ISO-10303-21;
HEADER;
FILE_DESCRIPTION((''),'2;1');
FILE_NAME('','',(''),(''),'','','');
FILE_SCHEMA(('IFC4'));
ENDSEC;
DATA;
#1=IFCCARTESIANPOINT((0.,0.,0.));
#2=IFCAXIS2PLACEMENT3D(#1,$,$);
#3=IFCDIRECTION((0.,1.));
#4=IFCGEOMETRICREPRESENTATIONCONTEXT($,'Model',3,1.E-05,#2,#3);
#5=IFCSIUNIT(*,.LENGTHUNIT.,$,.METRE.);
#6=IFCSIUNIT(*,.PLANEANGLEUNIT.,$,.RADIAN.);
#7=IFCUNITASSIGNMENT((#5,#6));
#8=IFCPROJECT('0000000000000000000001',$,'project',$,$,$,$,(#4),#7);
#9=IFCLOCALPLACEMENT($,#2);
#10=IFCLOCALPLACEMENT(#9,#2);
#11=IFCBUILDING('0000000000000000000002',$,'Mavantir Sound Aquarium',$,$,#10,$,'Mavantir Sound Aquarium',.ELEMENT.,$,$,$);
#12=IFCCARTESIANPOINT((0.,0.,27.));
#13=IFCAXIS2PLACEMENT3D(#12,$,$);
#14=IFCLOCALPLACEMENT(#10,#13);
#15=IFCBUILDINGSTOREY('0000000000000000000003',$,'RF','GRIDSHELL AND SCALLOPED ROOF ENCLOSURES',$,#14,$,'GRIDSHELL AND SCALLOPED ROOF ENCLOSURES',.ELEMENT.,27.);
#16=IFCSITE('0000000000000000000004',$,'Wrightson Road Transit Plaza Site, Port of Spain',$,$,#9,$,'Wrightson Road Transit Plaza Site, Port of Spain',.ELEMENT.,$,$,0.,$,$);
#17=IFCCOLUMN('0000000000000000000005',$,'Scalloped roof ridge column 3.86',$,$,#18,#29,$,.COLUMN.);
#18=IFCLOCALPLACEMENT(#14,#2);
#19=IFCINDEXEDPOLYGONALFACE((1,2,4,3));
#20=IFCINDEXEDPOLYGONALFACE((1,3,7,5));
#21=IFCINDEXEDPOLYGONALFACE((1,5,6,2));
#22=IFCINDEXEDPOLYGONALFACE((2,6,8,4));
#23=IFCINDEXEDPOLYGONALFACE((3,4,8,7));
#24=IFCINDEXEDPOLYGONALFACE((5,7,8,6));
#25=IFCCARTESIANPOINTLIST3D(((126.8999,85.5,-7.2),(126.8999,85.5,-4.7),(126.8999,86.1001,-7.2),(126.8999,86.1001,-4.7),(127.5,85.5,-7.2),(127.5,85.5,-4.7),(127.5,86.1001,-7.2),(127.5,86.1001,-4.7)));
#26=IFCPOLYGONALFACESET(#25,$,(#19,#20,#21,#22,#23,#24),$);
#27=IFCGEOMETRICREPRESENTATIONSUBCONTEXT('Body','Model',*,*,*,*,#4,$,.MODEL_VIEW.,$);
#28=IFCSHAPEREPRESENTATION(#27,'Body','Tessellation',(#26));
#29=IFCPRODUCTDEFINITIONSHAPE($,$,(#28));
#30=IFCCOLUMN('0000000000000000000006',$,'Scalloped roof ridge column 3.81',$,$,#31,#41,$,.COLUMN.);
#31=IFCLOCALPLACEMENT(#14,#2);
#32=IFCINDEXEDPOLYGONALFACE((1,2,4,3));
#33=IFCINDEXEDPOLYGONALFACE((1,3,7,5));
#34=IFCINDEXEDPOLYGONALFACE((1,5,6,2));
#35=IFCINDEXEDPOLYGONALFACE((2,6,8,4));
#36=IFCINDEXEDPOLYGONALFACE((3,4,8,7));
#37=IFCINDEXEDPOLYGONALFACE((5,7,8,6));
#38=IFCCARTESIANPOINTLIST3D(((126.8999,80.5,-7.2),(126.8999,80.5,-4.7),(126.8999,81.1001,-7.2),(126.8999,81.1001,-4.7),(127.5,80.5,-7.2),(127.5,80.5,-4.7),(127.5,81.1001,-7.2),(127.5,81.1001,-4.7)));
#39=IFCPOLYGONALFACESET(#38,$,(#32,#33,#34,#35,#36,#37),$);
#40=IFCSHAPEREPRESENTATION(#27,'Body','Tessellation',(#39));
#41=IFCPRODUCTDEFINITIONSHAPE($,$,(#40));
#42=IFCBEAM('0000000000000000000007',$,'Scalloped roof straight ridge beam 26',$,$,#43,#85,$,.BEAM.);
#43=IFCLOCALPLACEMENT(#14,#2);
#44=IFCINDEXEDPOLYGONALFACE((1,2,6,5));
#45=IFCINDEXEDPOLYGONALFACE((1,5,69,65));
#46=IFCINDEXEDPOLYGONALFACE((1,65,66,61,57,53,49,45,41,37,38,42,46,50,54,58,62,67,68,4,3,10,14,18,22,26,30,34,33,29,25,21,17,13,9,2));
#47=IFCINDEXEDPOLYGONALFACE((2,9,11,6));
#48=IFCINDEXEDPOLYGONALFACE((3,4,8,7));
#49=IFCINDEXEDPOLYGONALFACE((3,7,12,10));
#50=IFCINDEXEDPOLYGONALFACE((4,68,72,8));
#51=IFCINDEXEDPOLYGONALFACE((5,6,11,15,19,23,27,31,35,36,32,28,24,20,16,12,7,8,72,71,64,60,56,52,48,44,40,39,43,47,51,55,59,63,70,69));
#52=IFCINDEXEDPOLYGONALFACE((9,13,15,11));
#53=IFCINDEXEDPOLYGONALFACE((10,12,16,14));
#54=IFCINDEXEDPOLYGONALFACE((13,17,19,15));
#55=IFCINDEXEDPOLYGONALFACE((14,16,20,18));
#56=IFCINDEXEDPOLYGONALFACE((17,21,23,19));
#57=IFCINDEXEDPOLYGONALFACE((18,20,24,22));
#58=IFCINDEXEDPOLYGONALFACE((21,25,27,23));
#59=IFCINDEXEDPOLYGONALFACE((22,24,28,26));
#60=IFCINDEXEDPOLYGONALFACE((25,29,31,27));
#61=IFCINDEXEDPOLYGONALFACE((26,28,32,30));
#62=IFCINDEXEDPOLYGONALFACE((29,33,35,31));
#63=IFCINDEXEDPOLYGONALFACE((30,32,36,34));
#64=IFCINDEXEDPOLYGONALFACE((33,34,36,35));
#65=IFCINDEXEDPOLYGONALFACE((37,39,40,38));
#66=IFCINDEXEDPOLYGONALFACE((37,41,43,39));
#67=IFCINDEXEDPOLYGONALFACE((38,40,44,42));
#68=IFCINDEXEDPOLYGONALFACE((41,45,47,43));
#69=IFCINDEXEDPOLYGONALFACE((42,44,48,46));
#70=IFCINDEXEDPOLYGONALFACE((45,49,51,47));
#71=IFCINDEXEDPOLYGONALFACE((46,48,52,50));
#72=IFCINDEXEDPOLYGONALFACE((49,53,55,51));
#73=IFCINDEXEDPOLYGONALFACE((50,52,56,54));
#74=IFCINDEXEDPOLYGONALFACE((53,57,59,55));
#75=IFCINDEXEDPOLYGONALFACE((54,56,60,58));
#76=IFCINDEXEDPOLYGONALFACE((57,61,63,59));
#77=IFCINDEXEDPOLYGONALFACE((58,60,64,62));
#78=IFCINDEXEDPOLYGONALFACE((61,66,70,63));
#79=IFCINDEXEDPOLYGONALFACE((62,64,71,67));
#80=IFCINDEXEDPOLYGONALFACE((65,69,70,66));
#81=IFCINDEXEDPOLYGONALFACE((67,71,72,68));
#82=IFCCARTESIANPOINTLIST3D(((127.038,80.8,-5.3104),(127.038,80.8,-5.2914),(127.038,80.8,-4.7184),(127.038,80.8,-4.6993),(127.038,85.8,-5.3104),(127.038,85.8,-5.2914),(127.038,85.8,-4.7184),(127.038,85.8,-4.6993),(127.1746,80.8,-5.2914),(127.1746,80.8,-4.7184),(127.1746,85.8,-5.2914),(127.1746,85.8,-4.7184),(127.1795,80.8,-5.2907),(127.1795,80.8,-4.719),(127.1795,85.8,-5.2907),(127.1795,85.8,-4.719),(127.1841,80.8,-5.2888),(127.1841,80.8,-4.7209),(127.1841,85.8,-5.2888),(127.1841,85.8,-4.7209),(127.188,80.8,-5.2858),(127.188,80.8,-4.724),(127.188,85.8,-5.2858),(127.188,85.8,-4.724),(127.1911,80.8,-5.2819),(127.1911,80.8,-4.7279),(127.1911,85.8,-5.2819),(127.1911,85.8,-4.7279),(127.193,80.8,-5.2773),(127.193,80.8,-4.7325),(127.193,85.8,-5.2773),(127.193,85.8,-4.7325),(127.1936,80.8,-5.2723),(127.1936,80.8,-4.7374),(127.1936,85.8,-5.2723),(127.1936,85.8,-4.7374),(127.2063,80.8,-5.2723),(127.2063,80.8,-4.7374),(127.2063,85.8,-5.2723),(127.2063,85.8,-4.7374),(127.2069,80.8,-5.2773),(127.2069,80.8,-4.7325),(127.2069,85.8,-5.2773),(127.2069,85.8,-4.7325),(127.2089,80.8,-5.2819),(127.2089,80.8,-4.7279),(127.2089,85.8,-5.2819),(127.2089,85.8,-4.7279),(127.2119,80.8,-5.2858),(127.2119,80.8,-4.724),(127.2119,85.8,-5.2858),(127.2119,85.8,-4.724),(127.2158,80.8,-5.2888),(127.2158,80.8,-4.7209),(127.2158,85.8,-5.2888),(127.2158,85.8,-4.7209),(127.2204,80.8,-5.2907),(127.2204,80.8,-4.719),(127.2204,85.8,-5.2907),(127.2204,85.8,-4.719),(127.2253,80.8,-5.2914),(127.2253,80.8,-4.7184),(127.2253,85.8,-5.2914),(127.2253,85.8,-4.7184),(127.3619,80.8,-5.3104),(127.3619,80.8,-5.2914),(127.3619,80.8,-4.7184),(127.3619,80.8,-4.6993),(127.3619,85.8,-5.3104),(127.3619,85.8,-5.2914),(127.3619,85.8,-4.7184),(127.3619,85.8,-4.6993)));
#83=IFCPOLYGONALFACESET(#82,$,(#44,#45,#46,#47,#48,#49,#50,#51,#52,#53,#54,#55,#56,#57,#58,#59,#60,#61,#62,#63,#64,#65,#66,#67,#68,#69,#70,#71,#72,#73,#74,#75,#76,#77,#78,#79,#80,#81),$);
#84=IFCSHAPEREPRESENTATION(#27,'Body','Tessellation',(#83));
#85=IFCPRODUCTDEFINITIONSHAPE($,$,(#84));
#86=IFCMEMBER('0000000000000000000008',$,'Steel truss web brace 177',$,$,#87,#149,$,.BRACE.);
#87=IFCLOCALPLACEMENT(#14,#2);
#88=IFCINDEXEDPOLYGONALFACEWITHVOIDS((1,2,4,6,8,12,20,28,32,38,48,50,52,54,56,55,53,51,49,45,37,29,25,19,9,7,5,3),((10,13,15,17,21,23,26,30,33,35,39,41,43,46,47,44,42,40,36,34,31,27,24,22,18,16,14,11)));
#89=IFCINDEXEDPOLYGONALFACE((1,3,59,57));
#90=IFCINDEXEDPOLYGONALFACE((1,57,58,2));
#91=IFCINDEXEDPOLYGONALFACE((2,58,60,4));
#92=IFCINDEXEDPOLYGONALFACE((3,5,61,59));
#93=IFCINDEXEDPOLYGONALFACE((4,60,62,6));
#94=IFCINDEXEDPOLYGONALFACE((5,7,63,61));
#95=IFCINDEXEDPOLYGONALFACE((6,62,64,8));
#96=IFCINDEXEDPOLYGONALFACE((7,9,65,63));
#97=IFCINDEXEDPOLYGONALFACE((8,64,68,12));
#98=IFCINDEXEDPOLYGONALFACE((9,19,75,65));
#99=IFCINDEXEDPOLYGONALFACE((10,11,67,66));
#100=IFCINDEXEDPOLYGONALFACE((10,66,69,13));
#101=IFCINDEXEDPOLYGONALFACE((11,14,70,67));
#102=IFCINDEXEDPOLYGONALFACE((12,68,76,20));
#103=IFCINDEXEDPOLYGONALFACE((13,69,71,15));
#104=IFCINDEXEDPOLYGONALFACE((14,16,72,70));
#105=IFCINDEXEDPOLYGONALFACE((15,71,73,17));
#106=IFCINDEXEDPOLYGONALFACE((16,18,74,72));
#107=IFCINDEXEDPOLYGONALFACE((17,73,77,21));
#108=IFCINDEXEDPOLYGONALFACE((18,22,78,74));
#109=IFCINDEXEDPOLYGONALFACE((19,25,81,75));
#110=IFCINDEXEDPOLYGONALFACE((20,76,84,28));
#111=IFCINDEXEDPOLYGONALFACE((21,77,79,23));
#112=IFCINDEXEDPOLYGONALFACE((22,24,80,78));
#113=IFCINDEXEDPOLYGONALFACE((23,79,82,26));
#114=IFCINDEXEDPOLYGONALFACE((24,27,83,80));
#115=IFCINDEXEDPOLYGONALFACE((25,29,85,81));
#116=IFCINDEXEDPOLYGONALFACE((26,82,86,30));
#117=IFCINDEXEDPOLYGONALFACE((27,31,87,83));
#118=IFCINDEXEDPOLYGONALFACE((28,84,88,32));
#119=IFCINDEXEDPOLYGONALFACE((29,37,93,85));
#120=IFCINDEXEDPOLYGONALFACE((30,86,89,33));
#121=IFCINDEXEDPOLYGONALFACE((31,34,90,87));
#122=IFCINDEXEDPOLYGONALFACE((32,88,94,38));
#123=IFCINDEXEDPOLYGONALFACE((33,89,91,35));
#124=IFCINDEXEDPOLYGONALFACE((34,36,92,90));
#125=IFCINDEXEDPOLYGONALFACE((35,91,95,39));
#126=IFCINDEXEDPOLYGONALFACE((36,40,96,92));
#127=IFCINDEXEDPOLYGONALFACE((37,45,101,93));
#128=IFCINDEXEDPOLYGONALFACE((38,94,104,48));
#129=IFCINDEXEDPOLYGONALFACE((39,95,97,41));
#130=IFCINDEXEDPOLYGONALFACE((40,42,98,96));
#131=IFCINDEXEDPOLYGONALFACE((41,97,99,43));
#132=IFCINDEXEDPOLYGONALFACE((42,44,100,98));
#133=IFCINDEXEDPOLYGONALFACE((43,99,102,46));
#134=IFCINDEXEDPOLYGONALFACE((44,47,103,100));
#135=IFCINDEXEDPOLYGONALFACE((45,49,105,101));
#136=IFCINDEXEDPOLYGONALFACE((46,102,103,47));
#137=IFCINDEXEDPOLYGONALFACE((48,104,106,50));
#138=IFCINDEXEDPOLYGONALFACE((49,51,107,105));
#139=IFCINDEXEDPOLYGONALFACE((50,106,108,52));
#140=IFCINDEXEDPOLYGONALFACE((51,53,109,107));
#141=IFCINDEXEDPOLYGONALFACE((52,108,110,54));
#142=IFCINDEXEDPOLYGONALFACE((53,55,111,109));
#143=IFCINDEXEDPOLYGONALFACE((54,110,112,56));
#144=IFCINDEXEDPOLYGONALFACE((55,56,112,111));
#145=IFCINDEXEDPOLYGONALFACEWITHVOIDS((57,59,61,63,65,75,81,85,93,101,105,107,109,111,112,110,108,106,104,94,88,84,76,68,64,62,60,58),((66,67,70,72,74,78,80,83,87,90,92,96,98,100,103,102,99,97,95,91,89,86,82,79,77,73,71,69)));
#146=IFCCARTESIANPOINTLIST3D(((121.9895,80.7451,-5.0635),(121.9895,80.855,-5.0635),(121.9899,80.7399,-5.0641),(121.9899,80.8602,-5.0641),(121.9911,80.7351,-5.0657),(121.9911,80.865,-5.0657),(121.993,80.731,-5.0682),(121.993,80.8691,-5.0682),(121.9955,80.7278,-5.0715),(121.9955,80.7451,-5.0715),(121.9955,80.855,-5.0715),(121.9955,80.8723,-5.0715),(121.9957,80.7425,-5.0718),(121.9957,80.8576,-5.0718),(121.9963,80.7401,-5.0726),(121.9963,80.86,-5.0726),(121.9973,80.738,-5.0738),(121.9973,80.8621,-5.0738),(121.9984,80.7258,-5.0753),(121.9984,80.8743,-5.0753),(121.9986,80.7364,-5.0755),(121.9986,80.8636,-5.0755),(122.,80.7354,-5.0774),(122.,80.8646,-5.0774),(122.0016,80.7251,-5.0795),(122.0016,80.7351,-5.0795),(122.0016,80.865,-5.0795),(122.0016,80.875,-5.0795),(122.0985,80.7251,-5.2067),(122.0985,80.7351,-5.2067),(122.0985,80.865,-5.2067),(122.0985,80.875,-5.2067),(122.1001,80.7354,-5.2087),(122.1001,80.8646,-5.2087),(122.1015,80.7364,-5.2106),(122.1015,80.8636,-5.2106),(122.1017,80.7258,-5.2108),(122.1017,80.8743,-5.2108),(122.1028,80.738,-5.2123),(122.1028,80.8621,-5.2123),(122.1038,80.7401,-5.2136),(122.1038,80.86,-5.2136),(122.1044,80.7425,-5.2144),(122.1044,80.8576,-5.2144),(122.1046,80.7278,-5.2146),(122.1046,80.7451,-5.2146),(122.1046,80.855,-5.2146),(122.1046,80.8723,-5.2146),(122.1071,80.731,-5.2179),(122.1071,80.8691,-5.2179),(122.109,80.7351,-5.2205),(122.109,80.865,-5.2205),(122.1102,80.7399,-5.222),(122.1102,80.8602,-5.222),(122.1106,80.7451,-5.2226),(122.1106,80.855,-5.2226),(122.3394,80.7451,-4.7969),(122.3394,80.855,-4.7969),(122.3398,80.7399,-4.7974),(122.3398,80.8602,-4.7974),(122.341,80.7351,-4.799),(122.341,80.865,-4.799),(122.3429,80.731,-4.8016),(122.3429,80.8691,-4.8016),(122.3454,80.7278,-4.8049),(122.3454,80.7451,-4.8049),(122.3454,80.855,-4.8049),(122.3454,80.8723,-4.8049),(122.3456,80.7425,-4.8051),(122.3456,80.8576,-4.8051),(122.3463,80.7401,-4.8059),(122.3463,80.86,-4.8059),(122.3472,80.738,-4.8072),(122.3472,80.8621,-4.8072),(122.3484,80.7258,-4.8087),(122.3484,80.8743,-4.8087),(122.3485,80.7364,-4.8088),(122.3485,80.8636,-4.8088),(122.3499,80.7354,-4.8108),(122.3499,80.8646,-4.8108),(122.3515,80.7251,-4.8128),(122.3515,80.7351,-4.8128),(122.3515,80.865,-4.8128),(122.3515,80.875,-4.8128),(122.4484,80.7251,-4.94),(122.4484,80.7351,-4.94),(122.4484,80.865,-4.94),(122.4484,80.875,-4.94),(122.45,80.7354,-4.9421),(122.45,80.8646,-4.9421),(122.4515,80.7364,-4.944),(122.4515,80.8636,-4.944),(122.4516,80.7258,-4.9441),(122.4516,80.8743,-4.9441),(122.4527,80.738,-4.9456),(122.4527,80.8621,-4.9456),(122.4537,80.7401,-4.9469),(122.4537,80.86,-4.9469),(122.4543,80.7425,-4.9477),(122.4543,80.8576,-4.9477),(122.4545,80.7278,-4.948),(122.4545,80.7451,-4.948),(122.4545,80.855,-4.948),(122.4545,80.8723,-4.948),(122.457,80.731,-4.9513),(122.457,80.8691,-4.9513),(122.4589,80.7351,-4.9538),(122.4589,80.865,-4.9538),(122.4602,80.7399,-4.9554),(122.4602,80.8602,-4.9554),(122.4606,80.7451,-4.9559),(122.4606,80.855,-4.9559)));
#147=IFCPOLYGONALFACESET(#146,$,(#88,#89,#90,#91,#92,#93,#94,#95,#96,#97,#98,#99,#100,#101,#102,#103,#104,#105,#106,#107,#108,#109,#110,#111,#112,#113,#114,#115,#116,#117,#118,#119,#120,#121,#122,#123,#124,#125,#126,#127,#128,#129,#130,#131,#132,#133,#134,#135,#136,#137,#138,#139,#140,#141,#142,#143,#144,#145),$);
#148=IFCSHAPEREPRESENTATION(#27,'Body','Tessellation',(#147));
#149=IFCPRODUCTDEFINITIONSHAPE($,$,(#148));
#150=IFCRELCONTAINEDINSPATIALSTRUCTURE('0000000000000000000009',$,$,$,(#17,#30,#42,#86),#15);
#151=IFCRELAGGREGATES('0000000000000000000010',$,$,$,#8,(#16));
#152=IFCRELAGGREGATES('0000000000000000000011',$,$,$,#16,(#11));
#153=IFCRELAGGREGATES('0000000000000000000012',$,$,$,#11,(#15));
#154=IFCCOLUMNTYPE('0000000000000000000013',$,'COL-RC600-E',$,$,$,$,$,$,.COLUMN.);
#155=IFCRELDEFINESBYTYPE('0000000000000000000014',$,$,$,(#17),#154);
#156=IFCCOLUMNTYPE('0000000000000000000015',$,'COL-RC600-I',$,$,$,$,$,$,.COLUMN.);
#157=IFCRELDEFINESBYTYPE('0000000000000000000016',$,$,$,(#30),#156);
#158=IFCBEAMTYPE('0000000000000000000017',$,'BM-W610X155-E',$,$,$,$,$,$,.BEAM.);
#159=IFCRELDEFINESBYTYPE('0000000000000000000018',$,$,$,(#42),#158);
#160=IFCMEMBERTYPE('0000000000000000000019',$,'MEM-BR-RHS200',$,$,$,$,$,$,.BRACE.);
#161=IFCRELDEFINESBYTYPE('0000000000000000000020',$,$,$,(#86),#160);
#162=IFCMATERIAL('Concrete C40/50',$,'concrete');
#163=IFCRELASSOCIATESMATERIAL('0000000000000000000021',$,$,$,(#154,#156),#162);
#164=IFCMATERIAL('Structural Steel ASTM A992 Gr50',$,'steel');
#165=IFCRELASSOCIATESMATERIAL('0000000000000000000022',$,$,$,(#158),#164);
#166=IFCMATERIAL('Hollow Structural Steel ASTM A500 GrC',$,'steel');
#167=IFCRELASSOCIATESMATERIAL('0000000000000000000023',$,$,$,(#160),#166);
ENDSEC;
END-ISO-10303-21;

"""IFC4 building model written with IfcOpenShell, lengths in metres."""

from ifc_helpers import new_model, si_unit, direction, frame, origin, origin_2d, place, context, subcontext, project, spatial, rectangle, hollow_rectangle, i_section, extrude, material, material_profile, profile_set, type_object, element, save


model = new_model("IFC4")

# Units and contexts
model_context = context("Model", 3, precision=1e-05, world=origin(), true_north=direction((0.0, 1.0)))
body_context = subcontext(model_context, "Body", "Model", "MODEL_VIEW")
ifc_project = project(units=[si_unit("LENGTHUNIT", "METRE"), si_unit("PLANEANGLEUNIT", "RADIAN")], contexts=[model_context])

# Site, building, storey
site_placement = place(None, origin())
site = spatial("IfcSite", under=ifc_project, at=site_placement, Name="Wrightson Road Transit Plaza Site, Port of Spain", LongName="Wrightson Road Transit Plaza Site, Port of Spain", CompositionType="ELEMENT", RefElevation=0.0)
building_placement = place(site_placement, origin())
building = spatial("IfcBuilding", under=site, at=building_placement, Name="Mavantir Sound Aquarium", LongName="Mavantir Sound Aquarium", CompositionType="ELEMENT")
storey_placement = place(building_placement, frame((0.0, 0.0, 27.0)))
storey = spatial("IfcBuildingStorey", under=building, at=storey_placement, Name="RF", Description="GRIDSHELL AND SCALLOPED ROOF ENCLOSURES", LongName="GRIDSHELL AND SCALLOPED ROOF ENCLOSURES", CompositionType="ELEMENT", Elevation=27.0)

# Columns
ifc_material_1 = material(Name="Concrete C40/50", Category="concrete")
ifc_material_profile_1 = material_profile(ifc_material_1, rectangle(XDim=0.6001, YDim=0.6001, at=origin_2d()), Name="RC 600X600")
ifc_profile_set_1 = profile_set([ifc_material_profile_1], Name="Concrete C40/50")
column_type_1 = type_object("IfcColumnType", Name="COL-RC600-E", PredefinedType="COLUMN", material=ifc_profile_set_1)
column_1_placement = place(storey_placement, frame((127.2, 85.8, -7.2), z_axis=(0.0, 0.0, 1.0), x_axis=(1.0, 0.0, 0.0)))
element("IfcColumn", 1, at=column_1_placement, inside=storey, type_object=column_type_1, Name="Scalloped roof ridge column 3.86", PredefinedType="COLUMN", context=body_context, shape_type="SweptSolid", body=[
    extrude(rectangle(XDim=0.6001, YDim=0.6001, at=origin_2d()), origin(), (0.0, 0.0, 1.0), 2.5),
])
ifc_material_profile_2 = material_profile(ifc_material_1, rectangle(XDim=0.6001, YDim=0.6001, at=origin_2d()), Name="RC 600X600")
ifc_profile_set_2 = profile_set([ifc_material_profile_2], Name="Concrete C40/50")
column_type_2 = type_object("IfcColumnType", Name="COL-RC600-I", PredefinedType="COLUMN", material=ifc_profile_set_2)
column_2_placement = place(storey_placement, frame((127.2, 80.8, -7.2), z_axis=(0.0, 0.0, 1.0), x_axis=(1.0, 0.0, 0.0)))
element("IfcColumn", 2, at=column_2_placement, inside=storey, type_object=column_type_2, Name="Scalloped roof ridge column 3.81", PredefinedType="COLUMN", context=body_context, shape_type="SweptSolid", body=[
    extrude(rectangle(XDim=0.6001, YDim=0.6001, at=origin_2d()), origin(), (0.0, 0.0, 1.0), 2.5),
])

# Beam
ifc_material_2 = material(Name="Structural Steel ASTM A992 Gr50", Category="steel")
ifc_material_profile_3 = material_profile(ifc_material_2, i_section(OverallWidth=0.324, OverallDepth=0.6111, WebThickness=0.0127, FlangeThickness=0.019, FilletRadius=0.019, at=origin_2d()), Name="W610X155")
ifc_profile_set_3 = profile_set([ifc_material_profile_3], Name="Structural Steel ASTM A992 Gr50")
beam_type = type_object("IfcBeamType", Name="BM-W610X155-E", PredefinedType="BEAM", material=ifc_profile_set_3)
beam_placement = place(storey_placement, frame((127.2, 80.8, -5.0049), z_axis=(0.0, 1.0, 0.0), x_axis=(-1.0, 0.0, 0.0)))
element("IfcBeam", 3, at=beam_placement, inside=storey, type_object=beam_type, Name="Scalloped roof straight ridge beam 26", PredefinedType="BEAM", context=body_context, shape_type="SweptSolid", body=[
    extrude(i_section(OverallWidth=0.324, OverallDepth=0.6111, WebThickness=0.0127, FlangeThickness=0.019, FilletRadius=0.019, at=origin_2d()), origin(), (0.0, 0.0, 1.0), 5.0),
])

# Member
ifc_material_3 = material(Name="Hollow Structural Steel ASTM A500 GrC", Category="steel")
ifc_material_profile_4 = material_profile(ifc_material_3, hollow_rectangle(XDim=0.1499, YDim=0.2, WallThickness=0.01, InnerFilletRadius=0.01, OuterFilletRadius=0.02, at=origin_2d()), Name="RHS 200X150X10")
ifc_profile_set_4 = profile_set([ifc_material_profile_4], Name="Hollow Structural Steel ASTM A500 GrC")
member_type_1 = type_object("IfcMemberType", Name="MEM-BR-RHS200", PredefinedType="BRACE", material=ifc_profile_set_4)
for number, where, z_axis, x_axis, name in (
    (4, (122.05, 80.8, -5.1431), (0.795381, 0.0, 0.60611), (0.0, 1.0, 0.0), "Steel truss web brace 177"),
):
    element("IfcMember", number, at=place(storey_placement, frame(where, z_axis=z_axis, x_axis=x_axis)), inside=storey, type_object=member_type_1, Name=name, PredefinedType="BRACE", context=body_context, shape_type="SweptSolid", body=[
        extrude(hollow_rectangle(XDim=0.1499, YDim=0.2, WallThickness=0.01, InnerFilletRadius=0.01, OuterFilletRadius=0.02, at=origin_2d()), origin(), (0.0, 0.0, 1.0), 0.4399),
    ])

save(model, "model.ifc")
